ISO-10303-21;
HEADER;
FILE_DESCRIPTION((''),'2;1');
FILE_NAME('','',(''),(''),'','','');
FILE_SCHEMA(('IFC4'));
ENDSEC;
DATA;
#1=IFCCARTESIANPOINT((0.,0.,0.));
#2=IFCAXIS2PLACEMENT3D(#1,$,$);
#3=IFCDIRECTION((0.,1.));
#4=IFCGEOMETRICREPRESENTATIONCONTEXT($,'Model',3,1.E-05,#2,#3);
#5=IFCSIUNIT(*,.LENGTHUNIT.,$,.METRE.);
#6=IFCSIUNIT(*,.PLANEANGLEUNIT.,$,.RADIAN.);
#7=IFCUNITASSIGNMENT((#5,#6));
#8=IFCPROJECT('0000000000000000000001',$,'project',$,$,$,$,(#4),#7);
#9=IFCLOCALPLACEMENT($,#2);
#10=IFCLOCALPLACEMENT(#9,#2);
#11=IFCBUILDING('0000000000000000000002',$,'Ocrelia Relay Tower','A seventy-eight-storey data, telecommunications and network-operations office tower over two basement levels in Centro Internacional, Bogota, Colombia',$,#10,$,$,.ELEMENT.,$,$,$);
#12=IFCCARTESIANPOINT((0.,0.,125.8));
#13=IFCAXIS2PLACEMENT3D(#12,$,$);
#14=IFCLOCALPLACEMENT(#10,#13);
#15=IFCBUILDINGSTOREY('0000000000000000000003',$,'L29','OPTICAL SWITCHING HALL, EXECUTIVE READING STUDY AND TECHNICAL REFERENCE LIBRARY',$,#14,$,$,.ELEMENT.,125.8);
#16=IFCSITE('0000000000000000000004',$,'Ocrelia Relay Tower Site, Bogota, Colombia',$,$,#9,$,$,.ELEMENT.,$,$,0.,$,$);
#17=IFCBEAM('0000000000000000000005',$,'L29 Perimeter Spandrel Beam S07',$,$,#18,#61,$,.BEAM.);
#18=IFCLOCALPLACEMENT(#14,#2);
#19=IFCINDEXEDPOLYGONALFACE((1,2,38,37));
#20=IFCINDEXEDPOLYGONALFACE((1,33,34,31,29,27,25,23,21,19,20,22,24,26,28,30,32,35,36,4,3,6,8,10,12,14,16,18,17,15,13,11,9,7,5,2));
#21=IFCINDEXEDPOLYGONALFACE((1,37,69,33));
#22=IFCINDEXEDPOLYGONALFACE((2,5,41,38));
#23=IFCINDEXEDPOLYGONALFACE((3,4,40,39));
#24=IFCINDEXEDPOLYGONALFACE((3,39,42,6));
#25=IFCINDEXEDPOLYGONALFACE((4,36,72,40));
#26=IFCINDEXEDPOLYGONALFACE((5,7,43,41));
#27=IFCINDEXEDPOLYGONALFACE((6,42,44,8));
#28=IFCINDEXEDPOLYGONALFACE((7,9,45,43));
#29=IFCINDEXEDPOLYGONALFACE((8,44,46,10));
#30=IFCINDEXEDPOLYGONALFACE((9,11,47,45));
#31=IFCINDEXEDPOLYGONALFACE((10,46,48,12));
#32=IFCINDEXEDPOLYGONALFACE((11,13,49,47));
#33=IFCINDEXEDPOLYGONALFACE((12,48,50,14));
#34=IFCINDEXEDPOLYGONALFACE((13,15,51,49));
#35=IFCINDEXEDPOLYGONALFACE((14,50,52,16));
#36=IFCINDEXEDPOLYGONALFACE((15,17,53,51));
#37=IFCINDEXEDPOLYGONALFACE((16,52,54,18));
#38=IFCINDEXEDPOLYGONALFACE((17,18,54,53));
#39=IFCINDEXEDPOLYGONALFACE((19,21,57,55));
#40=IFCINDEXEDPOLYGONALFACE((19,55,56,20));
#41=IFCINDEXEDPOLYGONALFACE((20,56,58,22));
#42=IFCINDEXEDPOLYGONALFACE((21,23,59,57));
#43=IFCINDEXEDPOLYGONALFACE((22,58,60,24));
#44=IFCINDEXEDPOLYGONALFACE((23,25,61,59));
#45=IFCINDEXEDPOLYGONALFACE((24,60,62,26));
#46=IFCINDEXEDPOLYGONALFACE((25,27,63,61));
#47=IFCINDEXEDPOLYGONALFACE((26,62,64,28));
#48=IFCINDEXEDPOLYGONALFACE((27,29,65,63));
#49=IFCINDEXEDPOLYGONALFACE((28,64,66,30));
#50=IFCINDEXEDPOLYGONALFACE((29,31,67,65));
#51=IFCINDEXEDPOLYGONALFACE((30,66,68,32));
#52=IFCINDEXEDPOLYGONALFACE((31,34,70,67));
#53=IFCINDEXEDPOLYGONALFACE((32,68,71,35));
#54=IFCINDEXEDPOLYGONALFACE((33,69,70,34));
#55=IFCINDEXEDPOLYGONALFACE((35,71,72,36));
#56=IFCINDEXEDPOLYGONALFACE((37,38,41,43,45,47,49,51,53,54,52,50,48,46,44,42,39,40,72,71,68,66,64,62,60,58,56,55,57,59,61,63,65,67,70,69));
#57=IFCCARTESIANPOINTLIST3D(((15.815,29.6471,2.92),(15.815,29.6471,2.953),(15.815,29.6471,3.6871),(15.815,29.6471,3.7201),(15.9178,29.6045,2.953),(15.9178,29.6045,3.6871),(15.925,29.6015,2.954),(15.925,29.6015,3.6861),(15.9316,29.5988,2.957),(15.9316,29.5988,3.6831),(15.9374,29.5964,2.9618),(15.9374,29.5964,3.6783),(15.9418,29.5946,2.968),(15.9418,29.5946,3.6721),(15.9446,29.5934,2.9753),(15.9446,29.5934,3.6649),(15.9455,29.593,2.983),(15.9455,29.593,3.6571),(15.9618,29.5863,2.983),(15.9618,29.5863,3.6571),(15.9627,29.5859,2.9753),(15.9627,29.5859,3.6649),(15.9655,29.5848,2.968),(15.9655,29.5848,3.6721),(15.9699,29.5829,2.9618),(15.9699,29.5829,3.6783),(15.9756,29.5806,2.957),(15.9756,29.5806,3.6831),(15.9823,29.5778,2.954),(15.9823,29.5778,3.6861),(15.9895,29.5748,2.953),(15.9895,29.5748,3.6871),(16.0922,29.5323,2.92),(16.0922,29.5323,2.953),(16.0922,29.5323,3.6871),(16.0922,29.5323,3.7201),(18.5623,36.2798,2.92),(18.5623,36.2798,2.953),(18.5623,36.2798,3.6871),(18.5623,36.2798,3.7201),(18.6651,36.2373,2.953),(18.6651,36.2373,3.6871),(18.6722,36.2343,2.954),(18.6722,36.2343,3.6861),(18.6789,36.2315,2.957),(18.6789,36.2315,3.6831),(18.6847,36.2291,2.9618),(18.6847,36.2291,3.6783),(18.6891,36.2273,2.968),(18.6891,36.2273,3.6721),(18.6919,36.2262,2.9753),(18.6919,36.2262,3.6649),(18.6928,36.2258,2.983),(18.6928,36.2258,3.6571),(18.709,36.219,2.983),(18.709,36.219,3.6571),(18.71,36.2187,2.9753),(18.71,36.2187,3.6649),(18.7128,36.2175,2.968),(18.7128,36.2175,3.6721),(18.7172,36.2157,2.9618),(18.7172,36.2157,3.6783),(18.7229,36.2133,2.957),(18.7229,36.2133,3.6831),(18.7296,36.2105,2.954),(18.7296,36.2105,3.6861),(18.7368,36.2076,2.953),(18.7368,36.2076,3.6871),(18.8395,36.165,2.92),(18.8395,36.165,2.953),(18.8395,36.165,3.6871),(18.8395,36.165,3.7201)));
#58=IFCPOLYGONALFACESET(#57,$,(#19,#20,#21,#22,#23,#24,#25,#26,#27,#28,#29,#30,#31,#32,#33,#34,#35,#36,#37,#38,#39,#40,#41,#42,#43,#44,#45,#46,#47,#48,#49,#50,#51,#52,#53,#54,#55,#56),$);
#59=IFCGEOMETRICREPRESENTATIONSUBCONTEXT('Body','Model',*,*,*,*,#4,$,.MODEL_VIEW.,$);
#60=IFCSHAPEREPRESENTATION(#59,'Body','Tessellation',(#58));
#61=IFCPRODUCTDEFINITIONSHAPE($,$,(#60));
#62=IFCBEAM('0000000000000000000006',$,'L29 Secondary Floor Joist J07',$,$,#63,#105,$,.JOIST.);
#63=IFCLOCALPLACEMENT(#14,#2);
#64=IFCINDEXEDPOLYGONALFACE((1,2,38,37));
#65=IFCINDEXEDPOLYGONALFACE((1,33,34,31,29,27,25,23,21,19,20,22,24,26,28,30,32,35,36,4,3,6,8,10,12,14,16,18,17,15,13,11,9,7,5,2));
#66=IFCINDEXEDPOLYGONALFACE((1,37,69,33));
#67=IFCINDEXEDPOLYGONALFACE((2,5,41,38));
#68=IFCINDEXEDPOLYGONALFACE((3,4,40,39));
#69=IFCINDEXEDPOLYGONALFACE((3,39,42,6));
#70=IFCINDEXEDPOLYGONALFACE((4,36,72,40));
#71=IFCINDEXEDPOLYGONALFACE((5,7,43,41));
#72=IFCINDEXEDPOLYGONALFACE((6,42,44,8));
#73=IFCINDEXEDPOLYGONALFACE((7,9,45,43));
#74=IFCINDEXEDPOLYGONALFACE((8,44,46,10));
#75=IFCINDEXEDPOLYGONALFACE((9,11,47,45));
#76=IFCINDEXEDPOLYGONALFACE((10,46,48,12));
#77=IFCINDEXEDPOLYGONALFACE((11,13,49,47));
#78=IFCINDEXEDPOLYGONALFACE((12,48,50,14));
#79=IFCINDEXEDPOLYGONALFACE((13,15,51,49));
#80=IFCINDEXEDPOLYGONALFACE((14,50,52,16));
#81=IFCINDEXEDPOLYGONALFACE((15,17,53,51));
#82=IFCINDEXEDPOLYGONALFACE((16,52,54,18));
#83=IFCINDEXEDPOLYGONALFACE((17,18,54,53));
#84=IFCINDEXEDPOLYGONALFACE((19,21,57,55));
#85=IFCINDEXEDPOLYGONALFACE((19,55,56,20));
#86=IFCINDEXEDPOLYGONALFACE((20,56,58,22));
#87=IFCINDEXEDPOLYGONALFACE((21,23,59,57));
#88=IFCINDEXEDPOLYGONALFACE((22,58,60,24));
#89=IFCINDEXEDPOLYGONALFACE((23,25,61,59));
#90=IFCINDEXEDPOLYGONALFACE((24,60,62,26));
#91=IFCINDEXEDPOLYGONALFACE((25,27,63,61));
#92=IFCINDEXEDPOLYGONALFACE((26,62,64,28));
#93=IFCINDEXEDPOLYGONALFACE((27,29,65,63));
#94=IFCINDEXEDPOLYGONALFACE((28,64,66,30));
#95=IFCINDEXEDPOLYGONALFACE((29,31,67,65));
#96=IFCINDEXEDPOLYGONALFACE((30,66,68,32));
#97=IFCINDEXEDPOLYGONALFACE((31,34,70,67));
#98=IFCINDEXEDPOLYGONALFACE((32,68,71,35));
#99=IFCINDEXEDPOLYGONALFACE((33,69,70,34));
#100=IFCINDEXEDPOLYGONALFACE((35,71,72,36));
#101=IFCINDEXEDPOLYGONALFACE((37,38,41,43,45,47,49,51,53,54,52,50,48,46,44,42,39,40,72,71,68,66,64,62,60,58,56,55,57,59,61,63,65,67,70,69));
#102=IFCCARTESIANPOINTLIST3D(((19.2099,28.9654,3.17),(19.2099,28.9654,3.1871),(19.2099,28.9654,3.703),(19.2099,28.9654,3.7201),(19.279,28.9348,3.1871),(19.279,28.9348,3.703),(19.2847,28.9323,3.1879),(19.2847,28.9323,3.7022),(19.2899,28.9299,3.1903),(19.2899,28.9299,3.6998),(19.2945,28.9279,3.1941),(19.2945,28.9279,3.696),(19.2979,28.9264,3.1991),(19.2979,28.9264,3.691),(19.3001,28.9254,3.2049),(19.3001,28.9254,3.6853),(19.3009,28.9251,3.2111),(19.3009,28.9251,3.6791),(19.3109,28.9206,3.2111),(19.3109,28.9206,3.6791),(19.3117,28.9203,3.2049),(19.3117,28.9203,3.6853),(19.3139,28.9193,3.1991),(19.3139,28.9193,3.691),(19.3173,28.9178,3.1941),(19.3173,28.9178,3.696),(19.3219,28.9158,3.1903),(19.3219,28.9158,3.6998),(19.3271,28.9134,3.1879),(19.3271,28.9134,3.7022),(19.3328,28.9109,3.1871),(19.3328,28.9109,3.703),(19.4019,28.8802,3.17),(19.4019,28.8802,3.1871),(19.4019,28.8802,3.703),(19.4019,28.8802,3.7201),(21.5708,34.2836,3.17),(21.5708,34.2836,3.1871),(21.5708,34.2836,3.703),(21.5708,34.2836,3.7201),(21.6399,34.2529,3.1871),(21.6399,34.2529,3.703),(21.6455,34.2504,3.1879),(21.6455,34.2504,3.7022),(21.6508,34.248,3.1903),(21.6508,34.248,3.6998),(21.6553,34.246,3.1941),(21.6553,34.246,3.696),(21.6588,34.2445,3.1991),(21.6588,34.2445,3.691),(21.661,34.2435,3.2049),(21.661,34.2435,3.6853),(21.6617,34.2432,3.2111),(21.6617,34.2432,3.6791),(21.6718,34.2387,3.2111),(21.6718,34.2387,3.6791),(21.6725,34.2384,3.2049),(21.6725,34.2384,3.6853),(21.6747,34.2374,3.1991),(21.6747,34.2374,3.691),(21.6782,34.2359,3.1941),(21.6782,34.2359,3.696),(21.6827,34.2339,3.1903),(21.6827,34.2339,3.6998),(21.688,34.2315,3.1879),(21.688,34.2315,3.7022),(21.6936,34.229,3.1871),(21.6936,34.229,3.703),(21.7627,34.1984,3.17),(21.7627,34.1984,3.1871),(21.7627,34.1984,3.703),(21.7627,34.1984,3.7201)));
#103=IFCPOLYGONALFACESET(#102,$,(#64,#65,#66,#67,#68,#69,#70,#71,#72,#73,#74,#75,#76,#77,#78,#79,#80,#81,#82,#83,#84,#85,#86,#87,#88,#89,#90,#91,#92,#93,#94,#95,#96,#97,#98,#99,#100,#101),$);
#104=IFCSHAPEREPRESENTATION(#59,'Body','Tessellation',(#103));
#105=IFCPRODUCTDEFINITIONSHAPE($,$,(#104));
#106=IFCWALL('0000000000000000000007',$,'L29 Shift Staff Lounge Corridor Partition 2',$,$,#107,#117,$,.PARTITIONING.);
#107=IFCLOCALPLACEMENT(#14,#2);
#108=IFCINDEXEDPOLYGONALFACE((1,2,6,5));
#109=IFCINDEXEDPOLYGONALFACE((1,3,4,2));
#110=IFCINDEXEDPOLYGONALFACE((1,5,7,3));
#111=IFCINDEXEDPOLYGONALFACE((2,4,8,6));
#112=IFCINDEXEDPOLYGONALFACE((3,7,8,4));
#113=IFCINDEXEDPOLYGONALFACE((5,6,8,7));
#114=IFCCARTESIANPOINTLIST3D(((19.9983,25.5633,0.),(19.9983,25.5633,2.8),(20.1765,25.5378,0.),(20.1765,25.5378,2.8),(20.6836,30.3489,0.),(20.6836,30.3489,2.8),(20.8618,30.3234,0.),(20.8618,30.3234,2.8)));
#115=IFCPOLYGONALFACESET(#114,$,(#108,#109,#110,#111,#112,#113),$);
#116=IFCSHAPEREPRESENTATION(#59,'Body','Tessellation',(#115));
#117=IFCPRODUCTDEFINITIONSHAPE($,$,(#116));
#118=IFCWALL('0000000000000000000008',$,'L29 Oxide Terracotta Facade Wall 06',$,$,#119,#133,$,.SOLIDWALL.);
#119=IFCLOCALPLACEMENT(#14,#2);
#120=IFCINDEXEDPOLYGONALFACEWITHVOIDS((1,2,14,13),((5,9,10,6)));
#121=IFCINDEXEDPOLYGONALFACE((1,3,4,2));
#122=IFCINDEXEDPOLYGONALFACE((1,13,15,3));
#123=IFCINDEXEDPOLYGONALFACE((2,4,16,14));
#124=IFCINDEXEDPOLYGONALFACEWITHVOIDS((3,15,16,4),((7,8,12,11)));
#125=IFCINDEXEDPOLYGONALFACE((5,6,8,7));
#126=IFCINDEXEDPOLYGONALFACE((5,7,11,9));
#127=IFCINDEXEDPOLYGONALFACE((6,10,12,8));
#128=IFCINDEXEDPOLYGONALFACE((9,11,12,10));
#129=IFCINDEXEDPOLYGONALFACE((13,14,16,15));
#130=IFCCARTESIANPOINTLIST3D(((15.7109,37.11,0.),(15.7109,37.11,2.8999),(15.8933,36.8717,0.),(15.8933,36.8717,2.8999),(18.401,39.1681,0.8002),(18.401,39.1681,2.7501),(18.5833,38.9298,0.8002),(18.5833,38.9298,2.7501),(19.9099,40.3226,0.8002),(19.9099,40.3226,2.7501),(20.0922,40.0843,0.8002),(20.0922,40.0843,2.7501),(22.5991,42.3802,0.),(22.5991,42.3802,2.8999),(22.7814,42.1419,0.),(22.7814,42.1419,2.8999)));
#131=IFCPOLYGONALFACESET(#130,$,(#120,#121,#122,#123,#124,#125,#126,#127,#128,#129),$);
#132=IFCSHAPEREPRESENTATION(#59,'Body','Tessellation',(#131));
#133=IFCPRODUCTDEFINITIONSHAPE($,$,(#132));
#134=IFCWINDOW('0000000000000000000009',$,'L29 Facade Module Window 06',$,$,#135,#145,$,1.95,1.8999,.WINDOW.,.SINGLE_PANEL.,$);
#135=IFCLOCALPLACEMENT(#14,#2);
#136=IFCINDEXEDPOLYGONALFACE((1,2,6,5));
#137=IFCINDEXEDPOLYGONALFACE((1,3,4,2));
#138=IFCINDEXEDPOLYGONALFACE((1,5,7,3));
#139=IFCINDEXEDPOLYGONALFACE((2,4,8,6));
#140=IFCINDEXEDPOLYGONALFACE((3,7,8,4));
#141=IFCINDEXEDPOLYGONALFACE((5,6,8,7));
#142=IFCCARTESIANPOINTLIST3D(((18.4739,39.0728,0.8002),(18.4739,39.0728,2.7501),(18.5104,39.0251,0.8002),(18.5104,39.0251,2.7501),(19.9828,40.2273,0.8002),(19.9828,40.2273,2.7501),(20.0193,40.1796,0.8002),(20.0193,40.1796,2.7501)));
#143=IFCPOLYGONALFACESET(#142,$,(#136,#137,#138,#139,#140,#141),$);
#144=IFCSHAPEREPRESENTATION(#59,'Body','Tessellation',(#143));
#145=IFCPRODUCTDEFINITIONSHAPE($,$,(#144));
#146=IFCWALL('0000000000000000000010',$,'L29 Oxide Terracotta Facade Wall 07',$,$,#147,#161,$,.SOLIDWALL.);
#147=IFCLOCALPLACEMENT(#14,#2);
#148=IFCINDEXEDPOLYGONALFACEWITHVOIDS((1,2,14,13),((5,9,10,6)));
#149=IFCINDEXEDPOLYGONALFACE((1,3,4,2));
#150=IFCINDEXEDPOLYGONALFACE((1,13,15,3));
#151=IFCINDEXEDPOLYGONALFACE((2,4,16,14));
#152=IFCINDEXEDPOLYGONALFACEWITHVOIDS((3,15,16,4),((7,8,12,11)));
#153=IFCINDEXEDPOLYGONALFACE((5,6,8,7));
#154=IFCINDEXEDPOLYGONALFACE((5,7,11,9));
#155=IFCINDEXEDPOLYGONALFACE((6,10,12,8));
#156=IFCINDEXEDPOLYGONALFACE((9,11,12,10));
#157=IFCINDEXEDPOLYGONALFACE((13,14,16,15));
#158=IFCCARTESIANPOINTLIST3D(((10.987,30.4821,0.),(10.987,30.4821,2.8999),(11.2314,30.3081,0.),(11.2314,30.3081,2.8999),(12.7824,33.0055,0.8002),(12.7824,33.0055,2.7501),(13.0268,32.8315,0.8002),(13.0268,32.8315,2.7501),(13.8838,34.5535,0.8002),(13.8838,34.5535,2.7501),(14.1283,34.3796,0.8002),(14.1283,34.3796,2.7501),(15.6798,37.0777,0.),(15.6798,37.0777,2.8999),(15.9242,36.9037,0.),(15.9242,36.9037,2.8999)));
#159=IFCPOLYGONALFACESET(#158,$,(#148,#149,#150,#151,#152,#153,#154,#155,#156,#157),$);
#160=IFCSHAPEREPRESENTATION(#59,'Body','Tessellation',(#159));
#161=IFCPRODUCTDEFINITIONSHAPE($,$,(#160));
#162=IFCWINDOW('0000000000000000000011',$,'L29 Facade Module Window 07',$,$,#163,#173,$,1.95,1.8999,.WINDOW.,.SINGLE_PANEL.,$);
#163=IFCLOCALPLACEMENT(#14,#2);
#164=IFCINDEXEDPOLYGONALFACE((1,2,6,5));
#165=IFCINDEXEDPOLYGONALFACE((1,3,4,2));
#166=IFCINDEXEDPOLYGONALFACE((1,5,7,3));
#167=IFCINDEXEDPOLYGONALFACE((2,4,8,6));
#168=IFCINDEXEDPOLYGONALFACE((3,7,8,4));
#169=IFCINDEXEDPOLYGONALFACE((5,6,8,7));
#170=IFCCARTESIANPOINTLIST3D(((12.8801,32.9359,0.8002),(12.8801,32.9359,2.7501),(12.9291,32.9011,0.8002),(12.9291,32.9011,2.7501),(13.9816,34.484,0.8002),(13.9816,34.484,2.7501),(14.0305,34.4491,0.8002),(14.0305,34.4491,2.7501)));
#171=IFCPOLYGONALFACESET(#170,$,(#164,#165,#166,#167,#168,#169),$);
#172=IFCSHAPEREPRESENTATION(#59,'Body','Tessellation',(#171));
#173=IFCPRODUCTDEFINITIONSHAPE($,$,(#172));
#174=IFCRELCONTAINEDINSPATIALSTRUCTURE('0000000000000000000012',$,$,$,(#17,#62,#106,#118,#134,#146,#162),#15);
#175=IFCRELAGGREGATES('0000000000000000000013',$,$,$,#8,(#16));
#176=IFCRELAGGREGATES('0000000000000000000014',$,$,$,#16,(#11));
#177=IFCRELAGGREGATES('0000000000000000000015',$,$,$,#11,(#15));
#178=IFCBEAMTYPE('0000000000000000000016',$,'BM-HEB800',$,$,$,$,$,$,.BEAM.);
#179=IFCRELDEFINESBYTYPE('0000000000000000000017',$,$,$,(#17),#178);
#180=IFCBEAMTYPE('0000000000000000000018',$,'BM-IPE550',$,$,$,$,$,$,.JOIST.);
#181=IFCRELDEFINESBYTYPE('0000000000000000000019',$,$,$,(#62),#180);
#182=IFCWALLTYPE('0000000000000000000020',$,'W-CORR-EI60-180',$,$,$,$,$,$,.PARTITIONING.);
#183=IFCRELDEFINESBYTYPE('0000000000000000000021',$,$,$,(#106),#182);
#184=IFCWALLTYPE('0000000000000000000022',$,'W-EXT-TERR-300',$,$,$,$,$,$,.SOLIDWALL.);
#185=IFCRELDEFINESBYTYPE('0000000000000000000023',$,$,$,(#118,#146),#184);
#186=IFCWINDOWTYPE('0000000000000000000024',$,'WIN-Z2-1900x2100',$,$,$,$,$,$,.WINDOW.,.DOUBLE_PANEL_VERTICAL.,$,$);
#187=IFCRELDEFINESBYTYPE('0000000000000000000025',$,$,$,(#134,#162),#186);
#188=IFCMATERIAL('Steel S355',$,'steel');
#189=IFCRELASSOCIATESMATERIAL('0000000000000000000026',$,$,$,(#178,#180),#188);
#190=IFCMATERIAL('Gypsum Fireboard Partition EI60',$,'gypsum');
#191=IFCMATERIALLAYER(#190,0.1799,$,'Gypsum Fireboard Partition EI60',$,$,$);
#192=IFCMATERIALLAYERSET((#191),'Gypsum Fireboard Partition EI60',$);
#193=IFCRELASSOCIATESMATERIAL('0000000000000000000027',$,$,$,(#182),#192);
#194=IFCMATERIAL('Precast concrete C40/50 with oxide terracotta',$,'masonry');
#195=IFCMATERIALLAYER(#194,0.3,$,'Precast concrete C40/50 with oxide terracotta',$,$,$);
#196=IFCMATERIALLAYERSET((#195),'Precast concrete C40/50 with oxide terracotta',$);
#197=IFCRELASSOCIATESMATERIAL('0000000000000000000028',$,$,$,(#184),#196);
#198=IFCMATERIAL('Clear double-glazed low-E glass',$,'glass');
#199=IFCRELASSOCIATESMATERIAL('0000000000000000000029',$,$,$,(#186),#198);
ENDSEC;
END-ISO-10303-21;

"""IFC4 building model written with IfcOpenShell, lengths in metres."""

from ifc_helpers import new_model, si_unit, direction, frame, frame_2d, origin, origin_2d, place, context, subcontext, project, spatial, rectangle, i_section, extrude, material, layer, layer_set, material_profile, profile_set, type_object, element, fill, save


model = new_model("IFC4")

# Units and contexts
model_context = context("Model", 3, precision=1e-05, world=origin(), true_north=direction((0.0, 1.0)))
body_context = subcontext(model_context, "Body", "Model", "MODEL_VIEW")
ifc_project = project(units=[si_unit("LENGTHUNIT", "METRE"), si_unit("PLANEANGLEUNIT", "RADIAN")], contexts=[model_context])

# Site, building, storey
site_placement = place(None, origin())
site = spatial("IfcSite", under=ifc_project, at=site_placement, Name="Ocrelia Relay Tower Site, Bogota, Colombia", CompositionType="ELEMENT", RefElevation=0.0)
building_placement = place(site_placement, origin())
building = spatial("IfcBuilding", under=site, at=building_placement, Name="Ocrelia Relay Tower", Description="A seventy-eight-storey data, telecommunications and network-operations office tower over two basement levels in Centro Internacional, Bogota, Colombia", CompositionType="ELEMENT")
storey_placement = place(building_placement, frame((0.0, 0.0, 125.8)))
storey = spatial("IfcBuildingStorey", under=building, at=storey_placement, Name="L29", Description="OPTICAL SWITCHING HALL, EXECUTIVE READING STUDY AND TECHNICAL REFERENCE LIBRARY", CompositionType="ELEMENT", Elevation=125.8)

# Beams
ifc_material_1 = material(Name="Steel S355", Category="steel")
ifc_material_profile_1 = material_profile(ifc_material_1, i_section(OverallWidth=0.3, OverallDepth=0.8, WebThickness=0.0176, FlangeThickness=0.033, FilletRadius=0.03, at=origin_2d()), Name="HEB 800")
ifc_profile_set_1 = profile_set([ifc_material_profile_1], Name="Steel S355")
beam_type_1 = type_object("IfcBeamType", Name="BM-HEB800", PredefinedType="BEAM", material=ifc_profile_set_1)
beam_1_placement = place(storey_placement, frame((18.7009, 36.2224, 3.3201), z_axis=(-0.382673, -0.923884, 0.0), x_axis=(0.923884, -0.382673, 0.0)))
element("IfcBeam", 1, at=beam_1_placement, inside=storey, type_object=beam_type_1, Name="L29 Perimeter Spandrel Beam S07", PredefinedType="BEAM", context=body_context, shape_type="SweptSolid", body=[
    extrude(i_section(OverallWidth=0.3, OverallDepth=0.8, WebThickness=0.0176, FlangeThickness=0.033, FilletRadius=0.03, at=origin_2d()), origin(), (0.0, 0.0, 1.0), 7.1792),
])
ifc_material_profile_2 = material_profile(ifc_material_1, i_section(OverallWidth=0.21, OverallDepth=0.55, WebThickness=0.011, FlangeThickness=0.0171, FilletRadius=0.0239, at=origin_2d()), Name="IPE 550")
ifc_profile_set_2 = profile_set([ifc_material_profile_2], Name="Steel S355")
beam_type_2 = type_object("IfcBeamType", Name="BM-IPE550", PredefinedType="JOIST", material=ifc_profile_set_2)
beam_2_placement = place(storey_placement, frame((21.6667, 34.241, 3.4451), z_axis=(-0.405741, -0.913988, 0.0), x_axis=(0.913988, -0.405741, 0.0)))
element("IfcBeam", 2, at=beam_2_placement, inside=storey, type_object=beam_type_2, Name="L29 Secondary Floor Joist J07", PredefinedType="JOIST", context=body_context, shape_type="SweptSolid", body=[
    extrude(i_section(OverallWidth=0.21, OverallDepth=0.55, WebThickness=0.011, FlangeThickness=0.0171, FilletRadius=0.0239, at=origin_2d()), origin(), (0.0, 0.0, 1.0), 5.8186),
])

# Wall
ifc_material_2 = material(Name="Gypsum Fireboard Partition EI60", Category="gypsum")
ifc_layer_1 = layer(ifc_material_2, 0.1799, Name="Gypsum Fireboard Partition EI60")
ifc_layer_set_1 = layer_set([ifc_layer_1], Name="Gypsum Fireboard Partition EI60")
wall_type_1 = type_object("IfcWallType", Name="W-CORR-EI60-180", PredefinedType="PARTITIONING", material=ifc_layer_set_1)
wall_1_placement = place(storey_placement, frame((20.7727, 30.3362, 0.0), z_axis=(0.0, 0.0, 1.0), x_axis=(-0.141754, -0.989902, 0.0)))
element("IfcWall", 3, at=wall_1_placement, inside=storey, type_object=wall_type_1, Name="L29 Shift Staff Lounge Corridor Partition 2", PredefinedType="PARTITIONING", context=body_context, shape_type="SweptSolid", body=[
    extrude(rectangle(XDim=4.8345, YDim=0.1799, at=frame_2d((2.4172, 0.0))), origin(), (0.0, 0.0, 1.0), 2.8),
])

# Walls, openings, windows
ifc_material_3 = material(Name="Precast concrete C40/50 with oxide terracotta", Category="masonry")
ifc_layer_2 = layer(ifc_material_3, 0.3, Name="Precast concrete C40/50 with oxide terracotta")
ifc_layer_set_2 = layer_set([ifc_layer_2], Name="Precast concrete C40/50 with oxide terracotta")
wall_type_2 = type_object("IfcWallType", Name="W-EXT-TERR-300", PredefinedType="SOLIDWALL", material=ifc_layer_set_2)
wall_2_placement = place(storey_placement, frame((22.6902, 42.261, 0.0), z_axis=(0.0, 0.0, 1.0), x_axis=(-0.7942, -0.607656, 0.0)))
wall_2 = element("IfcWall", 4, at=wall_2_placement, inside=storey, type_object=wall_type_2, Name="L29 Oxide Terracotta Facade Wall 06", PredefinedType="SOLIDWALL", context=body_context, shape_type="SweptSolid", body=[
    extrude(rectangle(XDim=8.6731, YDim=0.3, at=frame_2d((4.3364, 0.0))), origin(), (0.0, 0.0, 1.0), 2.8999),
])
opening_1_placement = place(wall_2_placement, frame((3.386, 0.0, 0.8)))
opening_1 = element("IfcOpeningElement", 5, at=opening_1_placement, cuts=wall_2, PredefinedType="OPENING", context=body_context, shape_type="SweptSolid", body=[
    extrude(rectangle(XDim=1.8999, YDim=1.95, at=frame_2d((0.95, 0.9751))), frame((0.0, 0.1602, 0.0), z_axis=(0.0, -1.0, 0.0), x_axis=(1.0, 0.0, 0.0)), (0.0, 0.0, 1.0), 0.3201),
])
ifc_material_4 = material(Name="Clear double-glazed low-E glass", Category="glass")
window_type = type_object("IfcWindowType", Name="WIN-Z2-1900x2100", PartitioningType="DOUBLE_PANEL_VERTICAL", PredefinedType="WINDOW", material=ifc_material_4)
window_1_placement = place(opening_1_placement, origin())
window_1 = element("IfcWindow", 6, at=window_1_placement, inside=storey, type_object=window_type, Name="L29 Facade Module Window 06", OverallHeight=1.95, OverallWidth=1.8999, PartitioningType="SINGLE_PANEL", PredefinedType="WINDOW", context=body_context, shape_type="SweptSolid", body=[
    extrude(rectangle(XDim=1.8999, YDim=1.95, at=frame_2d((0.95, 0.9751))), frame((0.0, 0.03, 0.0), z_axis=(0.0, -1.0, 0.0), x_axis=(1.0, 0.0, 0.0)), (0.0, 0.0, 1.0), 0.0601),
])
fill(opening_1, window_1)
wall_3_placement = place(storey_placement, frame((15.802, 36.9907, 0.0), z_axis=(0.0, 0.0, 1.0), x_axis=(-0.579737, -0.814804, 0.0)))
wall_3 = element("IfcWall", 7, at=wall_3_placement, inside=storey, type_object=wall_type_2, Name="L29 Oxide Terracotta Facade Wall 07", PredefinedType="SOLIDWALL", context=body_context, shape_type="SweptSolid", body=[
    extrude(rectangle(XDim=8.0947, YDim=0.3, at=frame_2d((4.0474, 0.0))), origin(), (0.0, 0.0, 1.0), 2.8999),
])
opening_2_placement = place(wall_3_placement, frame((3.0979, 0.0, 0.8)))
opening_2 = element("IfcOpeningElement", 8, at=opening_2_placement, cuts=wall_3, PredefinedType="OPENING", context=body_context, shape_type="SweptSolid", body=[
    extrude(rectangle(XDim=1.8999, YDim=1.95, at=frame_2d((0.95, 0.9751))), frame((0.0, 0.1602, 0.0), z_axis=(0.0, -1.0, 0.0), x_axis=(1.0, 0.0, 0.0)), (0.0, 0.0, 1.0), 0.3201),
])
window_2_placement = place(opening_2_placement, origin())
window_2 = element("IfcWindow", 9, at=window_2_placement, inside=storey, type_object=window_type, Name="L29 Facade Module Window 07", OverallHeight=1.95, OverallWidth=1.8999, PartitioningType="SINGLE_PANEL", PredefinedType="WINDOW", context=body_context, shape_type="SweptSolid", body=[
    extrude(rectangle(XDim=1.8999, YDim=1.95, at=frame_2d((0.95, 0.9751))), frame((0.0, 0.03, 0.0), z_axis=(0.0, -1.0, 0.0), x_axis=(1.0, 0.0, 0.0)), (0.0, 0.0, 1.0), 0.0601),
])
fill(opening_2, window_2)

save(model, "model.ifc")
